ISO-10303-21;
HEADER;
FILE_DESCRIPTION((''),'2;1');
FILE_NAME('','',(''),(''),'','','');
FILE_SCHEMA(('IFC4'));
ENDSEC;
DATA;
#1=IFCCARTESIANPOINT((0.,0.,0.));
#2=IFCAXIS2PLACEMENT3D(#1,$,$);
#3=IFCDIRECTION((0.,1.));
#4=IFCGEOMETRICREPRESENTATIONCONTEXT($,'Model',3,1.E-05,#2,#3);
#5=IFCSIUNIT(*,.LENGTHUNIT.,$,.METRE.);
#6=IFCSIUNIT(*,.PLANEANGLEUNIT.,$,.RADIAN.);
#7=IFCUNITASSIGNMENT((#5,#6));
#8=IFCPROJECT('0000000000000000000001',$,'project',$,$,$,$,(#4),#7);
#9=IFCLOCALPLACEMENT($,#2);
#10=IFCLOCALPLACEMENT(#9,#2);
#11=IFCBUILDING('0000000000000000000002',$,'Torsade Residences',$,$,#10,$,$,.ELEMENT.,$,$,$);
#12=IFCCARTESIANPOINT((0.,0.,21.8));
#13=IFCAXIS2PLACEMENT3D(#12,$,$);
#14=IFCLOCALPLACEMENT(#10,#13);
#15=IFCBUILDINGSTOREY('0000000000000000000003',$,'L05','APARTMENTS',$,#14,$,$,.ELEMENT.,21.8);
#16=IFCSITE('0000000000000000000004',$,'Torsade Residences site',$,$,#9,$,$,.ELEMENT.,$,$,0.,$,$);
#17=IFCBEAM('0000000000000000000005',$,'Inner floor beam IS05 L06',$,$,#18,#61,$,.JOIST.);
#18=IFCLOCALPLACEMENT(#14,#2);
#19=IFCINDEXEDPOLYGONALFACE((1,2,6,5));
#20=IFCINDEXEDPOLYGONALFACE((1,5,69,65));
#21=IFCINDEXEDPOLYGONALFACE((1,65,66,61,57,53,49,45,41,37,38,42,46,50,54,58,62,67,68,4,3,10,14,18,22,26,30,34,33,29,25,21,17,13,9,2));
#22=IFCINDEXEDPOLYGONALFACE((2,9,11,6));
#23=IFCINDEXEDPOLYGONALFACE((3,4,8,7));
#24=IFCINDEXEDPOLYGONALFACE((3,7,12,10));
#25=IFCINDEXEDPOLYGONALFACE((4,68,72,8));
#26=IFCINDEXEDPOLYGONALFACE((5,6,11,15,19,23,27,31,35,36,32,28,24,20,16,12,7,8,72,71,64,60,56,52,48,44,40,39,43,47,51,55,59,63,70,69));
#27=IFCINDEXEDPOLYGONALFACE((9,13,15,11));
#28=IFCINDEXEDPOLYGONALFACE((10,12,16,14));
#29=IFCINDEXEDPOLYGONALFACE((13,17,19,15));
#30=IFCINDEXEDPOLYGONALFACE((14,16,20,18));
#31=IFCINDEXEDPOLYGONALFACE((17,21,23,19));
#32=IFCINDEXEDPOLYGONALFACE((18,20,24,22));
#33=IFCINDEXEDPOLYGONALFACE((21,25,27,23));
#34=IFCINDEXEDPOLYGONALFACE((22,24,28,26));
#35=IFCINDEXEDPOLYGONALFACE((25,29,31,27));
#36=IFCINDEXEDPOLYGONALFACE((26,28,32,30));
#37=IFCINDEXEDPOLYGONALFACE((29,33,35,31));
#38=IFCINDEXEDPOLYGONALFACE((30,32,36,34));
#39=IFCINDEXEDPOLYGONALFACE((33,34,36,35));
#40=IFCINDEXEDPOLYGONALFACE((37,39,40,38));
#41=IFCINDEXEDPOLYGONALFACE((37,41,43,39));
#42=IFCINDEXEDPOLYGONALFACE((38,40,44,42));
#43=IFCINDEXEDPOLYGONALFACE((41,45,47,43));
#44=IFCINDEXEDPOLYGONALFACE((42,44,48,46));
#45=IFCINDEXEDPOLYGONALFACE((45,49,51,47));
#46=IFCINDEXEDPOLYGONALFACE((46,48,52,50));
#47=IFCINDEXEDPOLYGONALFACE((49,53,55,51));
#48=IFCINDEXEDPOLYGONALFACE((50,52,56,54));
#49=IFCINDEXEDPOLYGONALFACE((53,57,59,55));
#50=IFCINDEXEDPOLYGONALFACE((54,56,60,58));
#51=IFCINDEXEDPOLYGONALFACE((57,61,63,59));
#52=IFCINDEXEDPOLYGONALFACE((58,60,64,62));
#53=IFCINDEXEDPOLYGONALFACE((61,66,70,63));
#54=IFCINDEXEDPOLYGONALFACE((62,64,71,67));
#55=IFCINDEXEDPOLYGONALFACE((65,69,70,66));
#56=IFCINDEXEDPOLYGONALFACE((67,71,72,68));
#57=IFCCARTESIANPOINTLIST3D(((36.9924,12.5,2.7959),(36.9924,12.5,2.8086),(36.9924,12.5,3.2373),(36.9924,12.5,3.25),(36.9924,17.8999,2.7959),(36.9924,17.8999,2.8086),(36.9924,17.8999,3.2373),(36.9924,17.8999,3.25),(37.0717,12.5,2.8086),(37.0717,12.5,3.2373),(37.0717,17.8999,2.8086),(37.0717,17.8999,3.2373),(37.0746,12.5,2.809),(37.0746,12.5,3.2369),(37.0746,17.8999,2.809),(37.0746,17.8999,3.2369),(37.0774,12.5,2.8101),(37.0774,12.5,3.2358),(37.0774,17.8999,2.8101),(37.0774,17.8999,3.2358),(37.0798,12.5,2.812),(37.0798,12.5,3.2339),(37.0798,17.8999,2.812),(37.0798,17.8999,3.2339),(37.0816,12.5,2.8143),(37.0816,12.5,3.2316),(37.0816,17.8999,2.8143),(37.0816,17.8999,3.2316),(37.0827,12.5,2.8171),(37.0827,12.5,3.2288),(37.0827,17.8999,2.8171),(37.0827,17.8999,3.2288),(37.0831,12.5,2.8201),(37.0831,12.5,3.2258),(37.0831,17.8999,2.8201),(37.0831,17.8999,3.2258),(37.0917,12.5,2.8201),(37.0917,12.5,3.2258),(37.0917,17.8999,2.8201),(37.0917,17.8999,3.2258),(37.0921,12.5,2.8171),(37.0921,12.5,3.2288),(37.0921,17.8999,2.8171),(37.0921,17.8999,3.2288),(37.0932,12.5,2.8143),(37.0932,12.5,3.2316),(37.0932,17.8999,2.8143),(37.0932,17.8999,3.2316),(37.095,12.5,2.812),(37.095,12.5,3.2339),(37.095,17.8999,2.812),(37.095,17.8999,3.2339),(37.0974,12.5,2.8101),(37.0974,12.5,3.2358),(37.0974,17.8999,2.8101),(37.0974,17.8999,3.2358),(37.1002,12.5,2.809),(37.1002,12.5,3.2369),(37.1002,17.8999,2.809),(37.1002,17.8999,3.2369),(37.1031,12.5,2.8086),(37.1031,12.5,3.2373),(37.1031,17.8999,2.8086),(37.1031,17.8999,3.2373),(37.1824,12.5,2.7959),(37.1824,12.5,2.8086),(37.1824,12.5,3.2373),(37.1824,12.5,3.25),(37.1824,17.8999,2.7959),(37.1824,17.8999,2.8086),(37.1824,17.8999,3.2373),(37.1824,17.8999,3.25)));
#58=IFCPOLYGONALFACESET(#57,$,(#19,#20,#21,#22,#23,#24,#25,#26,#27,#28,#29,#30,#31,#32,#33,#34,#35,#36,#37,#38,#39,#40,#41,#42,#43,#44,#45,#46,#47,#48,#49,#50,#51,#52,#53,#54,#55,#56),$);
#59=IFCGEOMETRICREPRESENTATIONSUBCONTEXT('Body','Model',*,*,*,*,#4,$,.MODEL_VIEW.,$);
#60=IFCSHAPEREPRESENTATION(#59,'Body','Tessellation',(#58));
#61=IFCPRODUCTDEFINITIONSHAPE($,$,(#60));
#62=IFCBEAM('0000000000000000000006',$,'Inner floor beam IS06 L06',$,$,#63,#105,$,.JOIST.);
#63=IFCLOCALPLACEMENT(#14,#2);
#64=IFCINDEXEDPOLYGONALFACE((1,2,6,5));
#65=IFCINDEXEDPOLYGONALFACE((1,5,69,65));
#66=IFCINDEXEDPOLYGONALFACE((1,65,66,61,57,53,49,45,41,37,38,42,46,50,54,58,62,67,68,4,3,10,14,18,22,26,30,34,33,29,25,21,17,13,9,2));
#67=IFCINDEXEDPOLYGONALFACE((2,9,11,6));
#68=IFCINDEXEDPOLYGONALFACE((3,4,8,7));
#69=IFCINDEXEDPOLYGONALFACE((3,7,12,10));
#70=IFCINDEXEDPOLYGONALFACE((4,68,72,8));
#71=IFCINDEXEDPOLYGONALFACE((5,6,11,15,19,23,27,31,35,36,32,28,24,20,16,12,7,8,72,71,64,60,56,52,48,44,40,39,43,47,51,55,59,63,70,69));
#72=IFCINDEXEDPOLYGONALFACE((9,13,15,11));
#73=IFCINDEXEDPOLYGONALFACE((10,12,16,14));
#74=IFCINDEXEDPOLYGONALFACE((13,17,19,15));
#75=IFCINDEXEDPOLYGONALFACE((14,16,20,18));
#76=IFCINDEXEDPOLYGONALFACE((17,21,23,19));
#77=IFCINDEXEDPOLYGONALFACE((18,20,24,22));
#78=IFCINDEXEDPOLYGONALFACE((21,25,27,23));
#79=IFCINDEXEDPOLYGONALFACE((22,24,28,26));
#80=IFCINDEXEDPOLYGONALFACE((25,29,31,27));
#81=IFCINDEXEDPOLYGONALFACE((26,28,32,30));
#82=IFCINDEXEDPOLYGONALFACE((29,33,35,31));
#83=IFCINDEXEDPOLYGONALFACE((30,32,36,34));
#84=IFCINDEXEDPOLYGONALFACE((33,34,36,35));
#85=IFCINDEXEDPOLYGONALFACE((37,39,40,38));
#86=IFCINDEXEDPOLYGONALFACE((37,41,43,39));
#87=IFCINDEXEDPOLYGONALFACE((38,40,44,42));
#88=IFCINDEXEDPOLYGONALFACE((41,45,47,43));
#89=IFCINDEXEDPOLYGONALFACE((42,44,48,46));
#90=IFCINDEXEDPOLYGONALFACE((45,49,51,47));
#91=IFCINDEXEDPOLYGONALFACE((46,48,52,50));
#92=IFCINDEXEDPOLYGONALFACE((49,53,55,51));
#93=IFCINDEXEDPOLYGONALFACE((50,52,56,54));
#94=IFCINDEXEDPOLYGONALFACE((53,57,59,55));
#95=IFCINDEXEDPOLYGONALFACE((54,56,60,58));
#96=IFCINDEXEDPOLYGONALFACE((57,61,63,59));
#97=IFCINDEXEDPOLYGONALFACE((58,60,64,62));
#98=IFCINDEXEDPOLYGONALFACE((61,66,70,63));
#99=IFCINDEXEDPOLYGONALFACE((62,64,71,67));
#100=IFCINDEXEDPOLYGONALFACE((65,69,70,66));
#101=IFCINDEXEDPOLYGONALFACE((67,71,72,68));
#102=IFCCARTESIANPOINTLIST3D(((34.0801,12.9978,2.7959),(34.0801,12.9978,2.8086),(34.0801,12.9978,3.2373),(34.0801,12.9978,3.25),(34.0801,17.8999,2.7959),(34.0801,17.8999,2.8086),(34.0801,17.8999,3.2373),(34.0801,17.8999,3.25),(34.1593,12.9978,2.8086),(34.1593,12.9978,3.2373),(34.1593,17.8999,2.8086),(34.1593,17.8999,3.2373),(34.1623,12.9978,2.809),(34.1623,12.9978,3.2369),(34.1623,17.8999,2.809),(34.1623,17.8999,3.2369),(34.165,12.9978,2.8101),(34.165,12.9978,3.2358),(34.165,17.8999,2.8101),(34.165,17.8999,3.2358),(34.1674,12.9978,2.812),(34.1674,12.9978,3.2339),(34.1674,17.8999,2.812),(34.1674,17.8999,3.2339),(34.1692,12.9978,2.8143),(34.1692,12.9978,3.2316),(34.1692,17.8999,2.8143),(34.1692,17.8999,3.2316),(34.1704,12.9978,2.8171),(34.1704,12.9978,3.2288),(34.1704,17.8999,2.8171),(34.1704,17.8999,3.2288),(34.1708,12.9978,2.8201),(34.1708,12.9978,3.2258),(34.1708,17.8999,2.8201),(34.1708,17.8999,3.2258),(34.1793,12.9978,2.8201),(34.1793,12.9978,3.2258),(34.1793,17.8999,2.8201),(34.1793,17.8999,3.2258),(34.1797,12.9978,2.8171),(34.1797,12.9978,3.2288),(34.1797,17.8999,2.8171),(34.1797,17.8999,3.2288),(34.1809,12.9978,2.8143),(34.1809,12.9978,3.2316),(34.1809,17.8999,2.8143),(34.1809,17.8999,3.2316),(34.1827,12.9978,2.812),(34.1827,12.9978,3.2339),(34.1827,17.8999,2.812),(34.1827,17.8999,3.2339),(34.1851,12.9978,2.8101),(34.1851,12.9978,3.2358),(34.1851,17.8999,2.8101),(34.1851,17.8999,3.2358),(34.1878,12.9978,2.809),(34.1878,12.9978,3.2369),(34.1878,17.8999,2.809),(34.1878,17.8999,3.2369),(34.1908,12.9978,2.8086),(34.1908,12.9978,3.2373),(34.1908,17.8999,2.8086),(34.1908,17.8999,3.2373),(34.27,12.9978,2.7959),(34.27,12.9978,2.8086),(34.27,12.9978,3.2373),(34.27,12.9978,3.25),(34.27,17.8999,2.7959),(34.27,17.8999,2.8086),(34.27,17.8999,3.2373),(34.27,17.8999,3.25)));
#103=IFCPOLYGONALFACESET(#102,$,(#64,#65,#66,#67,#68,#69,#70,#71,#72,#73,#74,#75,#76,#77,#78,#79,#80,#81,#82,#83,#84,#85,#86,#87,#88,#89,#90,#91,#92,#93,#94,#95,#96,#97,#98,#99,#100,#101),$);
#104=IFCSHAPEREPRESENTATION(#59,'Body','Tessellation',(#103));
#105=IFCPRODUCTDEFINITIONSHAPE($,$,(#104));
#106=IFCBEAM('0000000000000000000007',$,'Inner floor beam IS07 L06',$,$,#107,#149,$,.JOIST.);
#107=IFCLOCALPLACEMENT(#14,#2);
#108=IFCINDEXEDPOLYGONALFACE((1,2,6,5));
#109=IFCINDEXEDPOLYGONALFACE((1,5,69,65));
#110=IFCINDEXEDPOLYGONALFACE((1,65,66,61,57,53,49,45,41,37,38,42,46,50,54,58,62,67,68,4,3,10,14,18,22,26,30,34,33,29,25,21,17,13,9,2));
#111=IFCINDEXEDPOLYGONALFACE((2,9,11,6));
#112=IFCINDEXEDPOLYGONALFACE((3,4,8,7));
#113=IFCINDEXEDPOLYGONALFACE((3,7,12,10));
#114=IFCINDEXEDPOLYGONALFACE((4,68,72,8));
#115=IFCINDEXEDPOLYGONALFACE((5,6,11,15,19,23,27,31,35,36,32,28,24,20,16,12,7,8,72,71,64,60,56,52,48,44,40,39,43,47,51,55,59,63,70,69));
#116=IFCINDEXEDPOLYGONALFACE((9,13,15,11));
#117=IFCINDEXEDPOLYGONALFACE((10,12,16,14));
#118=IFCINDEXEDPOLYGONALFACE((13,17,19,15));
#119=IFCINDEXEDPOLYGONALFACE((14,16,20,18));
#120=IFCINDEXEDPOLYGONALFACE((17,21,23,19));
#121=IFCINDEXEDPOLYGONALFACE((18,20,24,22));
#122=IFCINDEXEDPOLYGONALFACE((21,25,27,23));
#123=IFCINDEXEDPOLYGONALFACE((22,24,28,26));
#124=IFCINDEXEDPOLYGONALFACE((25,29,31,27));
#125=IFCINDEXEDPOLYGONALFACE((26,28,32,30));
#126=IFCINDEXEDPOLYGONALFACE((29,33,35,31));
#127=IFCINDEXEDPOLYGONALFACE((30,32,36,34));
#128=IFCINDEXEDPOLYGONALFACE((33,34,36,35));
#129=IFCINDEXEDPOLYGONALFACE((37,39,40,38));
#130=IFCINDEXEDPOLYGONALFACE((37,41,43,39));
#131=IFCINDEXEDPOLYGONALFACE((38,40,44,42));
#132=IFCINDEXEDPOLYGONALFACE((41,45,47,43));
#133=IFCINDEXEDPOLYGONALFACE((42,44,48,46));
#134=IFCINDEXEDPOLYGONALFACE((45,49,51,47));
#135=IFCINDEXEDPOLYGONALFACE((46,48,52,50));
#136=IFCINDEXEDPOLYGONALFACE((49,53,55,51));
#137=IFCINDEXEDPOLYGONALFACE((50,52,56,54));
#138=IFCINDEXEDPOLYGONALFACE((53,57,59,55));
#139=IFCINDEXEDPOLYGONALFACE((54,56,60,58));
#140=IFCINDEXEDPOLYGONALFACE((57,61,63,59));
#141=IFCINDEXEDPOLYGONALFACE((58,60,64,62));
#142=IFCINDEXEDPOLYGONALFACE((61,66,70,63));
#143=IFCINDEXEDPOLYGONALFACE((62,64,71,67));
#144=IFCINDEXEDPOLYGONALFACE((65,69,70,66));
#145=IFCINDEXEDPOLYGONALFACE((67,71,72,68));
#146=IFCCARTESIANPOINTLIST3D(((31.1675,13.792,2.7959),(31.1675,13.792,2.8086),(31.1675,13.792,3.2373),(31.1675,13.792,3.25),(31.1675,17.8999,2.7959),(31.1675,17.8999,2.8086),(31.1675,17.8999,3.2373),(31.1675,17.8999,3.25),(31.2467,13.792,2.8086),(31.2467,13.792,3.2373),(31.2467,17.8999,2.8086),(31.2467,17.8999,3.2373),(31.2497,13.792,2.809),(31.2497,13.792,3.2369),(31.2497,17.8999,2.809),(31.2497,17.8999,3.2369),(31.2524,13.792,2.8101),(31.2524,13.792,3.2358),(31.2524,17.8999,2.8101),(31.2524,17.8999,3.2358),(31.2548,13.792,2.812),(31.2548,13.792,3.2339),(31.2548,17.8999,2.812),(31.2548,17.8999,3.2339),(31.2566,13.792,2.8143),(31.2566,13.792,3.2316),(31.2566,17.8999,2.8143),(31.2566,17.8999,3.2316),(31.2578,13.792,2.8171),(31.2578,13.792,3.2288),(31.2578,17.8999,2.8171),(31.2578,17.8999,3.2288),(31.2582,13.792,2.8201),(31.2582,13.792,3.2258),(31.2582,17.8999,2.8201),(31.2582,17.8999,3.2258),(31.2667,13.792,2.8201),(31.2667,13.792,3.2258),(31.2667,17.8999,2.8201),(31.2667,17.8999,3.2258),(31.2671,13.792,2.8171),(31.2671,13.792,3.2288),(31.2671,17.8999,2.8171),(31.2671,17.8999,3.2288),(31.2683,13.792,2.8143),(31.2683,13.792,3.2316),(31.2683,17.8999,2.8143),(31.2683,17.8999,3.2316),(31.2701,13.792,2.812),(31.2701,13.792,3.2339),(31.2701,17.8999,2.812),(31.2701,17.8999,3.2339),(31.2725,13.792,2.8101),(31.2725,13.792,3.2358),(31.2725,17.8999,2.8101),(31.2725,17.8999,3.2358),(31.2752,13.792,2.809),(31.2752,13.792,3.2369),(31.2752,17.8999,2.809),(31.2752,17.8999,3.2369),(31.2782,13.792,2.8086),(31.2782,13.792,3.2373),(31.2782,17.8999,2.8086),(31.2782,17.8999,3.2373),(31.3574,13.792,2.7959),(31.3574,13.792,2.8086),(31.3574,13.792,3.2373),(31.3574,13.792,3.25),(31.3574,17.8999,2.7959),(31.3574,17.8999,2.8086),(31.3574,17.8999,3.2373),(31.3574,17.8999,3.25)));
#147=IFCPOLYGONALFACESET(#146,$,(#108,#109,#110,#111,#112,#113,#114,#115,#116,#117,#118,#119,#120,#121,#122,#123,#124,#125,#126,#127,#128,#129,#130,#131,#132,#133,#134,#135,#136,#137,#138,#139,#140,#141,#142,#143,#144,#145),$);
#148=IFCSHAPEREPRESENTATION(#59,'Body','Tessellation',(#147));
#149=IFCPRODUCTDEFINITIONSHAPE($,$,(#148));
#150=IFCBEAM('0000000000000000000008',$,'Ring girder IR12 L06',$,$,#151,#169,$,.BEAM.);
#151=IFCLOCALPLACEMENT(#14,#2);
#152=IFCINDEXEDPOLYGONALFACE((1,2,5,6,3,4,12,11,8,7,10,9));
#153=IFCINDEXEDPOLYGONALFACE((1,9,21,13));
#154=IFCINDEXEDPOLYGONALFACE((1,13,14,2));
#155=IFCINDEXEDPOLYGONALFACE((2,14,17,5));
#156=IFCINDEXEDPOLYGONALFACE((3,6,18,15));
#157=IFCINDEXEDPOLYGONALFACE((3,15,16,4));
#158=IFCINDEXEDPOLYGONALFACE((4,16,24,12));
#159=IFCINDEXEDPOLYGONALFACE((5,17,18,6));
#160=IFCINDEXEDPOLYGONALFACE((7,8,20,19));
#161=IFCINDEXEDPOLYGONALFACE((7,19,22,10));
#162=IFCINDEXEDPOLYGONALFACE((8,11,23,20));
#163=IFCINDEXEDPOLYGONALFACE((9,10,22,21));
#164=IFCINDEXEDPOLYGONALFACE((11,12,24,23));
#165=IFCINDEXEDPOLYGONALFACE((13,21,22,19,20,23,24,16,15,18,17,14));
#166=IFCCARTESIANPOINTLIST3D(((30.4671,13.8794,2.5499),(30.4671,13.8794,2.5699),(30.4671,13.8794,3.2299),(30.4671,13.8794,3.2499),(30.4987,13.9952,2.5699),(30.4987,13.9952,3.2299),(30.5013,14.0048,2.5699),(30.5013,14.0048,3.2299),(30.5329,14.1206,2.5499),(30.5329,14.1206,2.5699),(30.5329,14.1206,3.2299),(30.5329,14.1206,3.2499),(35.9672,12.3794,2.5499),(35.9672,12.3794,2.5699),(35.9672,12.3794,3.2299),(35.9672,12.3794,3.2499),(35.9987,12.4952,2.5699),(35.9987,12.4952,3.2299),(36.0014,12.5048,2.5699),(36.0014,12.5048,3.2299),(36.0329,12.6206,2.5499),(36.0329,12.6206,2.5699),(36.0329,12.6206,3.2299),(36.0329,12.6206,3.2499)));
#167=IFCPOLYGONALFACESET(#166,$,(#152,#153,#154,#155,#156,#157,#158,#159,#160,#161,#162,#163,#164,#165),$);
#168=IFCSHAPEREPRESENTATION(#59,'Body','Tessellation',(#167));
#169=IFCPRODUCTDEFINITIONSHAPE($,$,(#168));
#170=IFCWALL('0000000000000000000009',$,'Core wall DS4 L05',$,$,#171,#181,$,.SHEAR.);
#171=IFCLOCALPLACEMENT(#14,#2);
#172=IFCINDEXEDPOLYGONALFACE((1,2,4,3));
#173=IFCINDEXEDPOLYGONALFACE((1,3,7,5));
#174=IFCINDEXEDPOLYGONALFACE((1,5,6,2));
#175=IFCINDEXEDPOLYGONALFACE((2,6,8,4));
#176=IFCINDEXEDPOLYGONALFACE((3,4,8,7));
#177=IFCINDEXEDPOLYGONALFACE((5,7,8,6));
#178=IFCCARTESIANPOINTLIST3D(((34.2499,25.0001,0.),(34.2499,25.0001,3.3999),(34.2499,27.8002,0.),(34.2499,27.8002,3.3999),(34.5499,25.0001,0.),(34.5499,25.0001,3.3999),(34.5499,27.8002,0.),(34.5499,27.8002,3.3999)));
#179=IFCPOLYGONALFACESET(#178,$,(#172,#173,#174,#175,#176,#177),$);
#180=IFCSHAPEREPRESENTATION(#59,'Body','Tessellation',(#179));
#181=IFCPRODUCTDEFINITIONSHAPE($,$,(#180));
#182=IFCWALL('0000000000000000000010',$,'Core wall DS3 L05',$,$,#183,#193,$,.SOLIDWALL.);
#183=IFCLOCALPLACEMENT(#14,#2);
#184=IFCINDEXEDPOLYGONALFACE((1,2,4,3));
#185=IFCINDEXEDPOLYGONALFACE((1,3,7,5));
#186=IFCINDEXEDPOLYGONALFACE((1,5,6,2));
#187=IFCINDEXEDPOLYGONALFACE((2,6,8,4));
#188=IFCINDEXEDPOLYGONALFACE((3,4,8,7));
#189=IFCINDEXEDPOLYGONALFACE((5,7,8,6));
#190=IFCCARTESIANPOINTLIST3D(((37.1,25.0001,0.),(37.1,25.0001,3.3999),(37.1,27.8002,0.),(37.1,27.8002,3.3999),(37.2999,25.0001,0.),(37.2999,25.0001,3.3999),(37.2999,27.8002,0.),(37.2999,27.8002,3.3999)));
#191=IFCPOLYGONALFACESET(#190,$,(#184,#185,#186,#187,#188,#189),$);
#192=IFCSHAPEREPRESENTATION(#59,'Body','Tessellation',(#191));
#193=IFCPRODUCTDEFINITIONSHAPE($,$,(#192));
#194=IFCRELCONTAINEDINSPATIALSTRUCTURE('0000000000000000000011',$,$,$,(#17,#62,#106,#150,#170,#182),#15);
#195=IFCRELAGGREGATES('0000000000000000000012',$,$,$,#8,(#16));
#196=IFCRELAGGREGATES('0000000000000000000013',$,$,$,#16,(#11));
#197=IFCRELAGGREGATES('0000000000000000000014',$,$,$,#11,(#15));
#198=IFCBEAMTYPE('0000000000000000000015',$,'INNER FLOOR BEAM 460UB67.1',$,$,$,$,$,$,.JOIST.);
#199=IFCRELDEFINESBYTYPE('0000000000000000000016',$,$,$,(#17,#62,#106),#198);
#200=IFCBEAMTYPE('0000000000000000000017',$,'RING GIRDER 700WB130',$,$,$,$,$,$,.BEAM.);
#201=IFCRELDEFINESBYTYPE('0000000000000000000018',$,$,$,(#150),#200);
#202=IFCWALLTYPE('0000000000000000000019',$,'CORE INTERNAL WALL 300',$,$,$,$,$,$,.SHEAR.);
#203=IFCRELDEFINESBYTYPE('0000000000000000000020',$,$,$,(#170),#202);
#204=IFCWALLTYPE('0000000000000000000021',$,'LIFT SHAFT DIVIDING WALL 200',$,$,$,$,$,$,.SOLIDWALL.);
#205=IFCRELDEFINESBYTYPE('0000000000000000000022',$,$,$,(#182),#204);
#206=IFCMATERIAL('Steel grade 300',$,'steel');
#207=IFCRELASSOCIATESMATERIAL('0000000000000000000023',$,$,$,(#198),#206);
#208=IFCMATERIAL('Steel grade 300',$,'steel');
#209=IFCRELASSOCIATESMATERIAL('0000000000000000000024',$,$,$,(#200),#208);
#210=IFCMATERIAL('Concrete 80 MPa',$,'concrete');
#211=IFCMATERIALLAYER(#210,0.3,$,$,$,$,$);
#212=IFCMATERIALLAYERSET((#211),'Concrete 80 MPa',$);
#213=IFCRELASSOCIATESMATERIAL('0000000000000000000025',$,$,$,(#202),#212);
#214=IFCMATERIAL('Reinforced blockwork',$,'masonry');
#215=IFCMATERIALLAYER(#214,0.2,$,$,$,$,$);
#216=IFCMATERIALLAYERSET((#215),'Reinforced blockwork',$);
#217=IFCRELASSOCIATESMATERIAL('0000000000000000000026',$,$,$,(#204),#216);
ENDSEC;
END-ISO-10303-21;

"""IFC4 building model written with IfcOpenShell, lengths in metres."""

from ifc_helpers import new_model, si_unit, direction, frame, frame_2d, origin, origin_2d, place, context, subcontext, project, spatial, rectangle, i_section, extrude, material, layer, layer_set, material_profile, profile_set, type_object, element, save


model = new_model("IFC4")

# Units and contexts
model_context = context("Model", 3, precision=1e-05, world=origin(), true_north=direction((0.0, 1.0)))
body_context = subcontext(model_context, "Body", "Model", "MODEL_VIEW")
ifc_project = project(units=[si_unit("LENGTHUNIT", "METRE"), si_unit("PLANEANGLEUNIT", "RADIAN")], contexts=[model_context])

# Site, building, storey
site_placement = place(None, origin())
site = spatial("IfcSite", under=ifc_project, at=site_placement, Name="Torsade Residences site", CompositionType="ELEMENT", RefElevation=0.0)
building_placement = place(site_placement, origin())
building = spatial("IfcBuilding", under=site, at=building_placement, Name="Torsade Residences", CompositionType="ELEMENT")
storey_placement = place(building_placement, frame((0.0, 0.0, 21.8)))
storey = spatial("IfcBuildingStorey", under=building, at=storey_placement, Name="L05", Description="APARTMENTS", CompositionType="ELEMENT", Elevation=21.8)

# Beams
ifc_material_1 = material(Name="Steel grade 300", Category="steel")
ifc_material_profile_1 = material_profile(ifc_material_1, i_section(OverallWidth=0.1899, OverallDepth=0.4541, WebThickness=0.0085, FlangeThickness=0.0127, FilletRadius=0.0115, at=origin_2d()), Name="460UB67.1")
ifc_profile_set_1 = profile_set([ifc_material_profile_1], Name="Steel grade 300")
beam_type_1 = type_object("IfcBeamType", Name="INNER FLOOR BEAM 460UB67.1", PredefinedType="JOIST", material=ifc_profile_set_1)
beam_1_placement = place(storey_placement, frame((37.0874, 17.8999, 3.0229), z_axis=(0.0, -1.0, 0.0), x_axis=(1.0, 0.0, 0.0)))
element("IfcBeam", 1, at=beam_1_placement, inside=storey, type_object=beam_type_1, Name="Inner floor beam IS05 L06", PredefinedType="JOIST", context=body_context, shape_type="SweptSolid", body=[
    extrude(i_section(OverallWidth=0.1899, OverallDepth=0.4541, WebThickness=0.0085, FlangeThickness=0.0127, FilletRadius=0.0115, at=origin_2d()), origin(), (0.0, 0.0, 1.0), 5.3999),
])
beam_2_placement = place(storey_placement, frame((34.175, 17.8999, 3.0229), z_axis=(0.0, -1.0, 0.0), x_axis=(1.0, 0.0, 0.0)))
element("IfcBeam", 2, at=beam_2_placement, inside=storey, type_object=beam_type_1, Name="Inner floor beam IS06 L06", PredefinedType="JOIST", context=body_context, shape_type="SweptSolid", body=[
    extrude(i_section(OverallWidth=0.1899, OverallDepth=0.4541, WebThickness=0.0085, FlangeThickness=0.0127, FilletRadius=0.0115, at=origin_2d()), origin(), (0.0, 0.0, 1.0), 4.9021),
])
beam_3_placement = place(storey_placement, frame((31.2625, 17.8999, 3.0229), z_axis=(0.0, -1.0, 0.0), x_axis=(1.0, 0.0, 0.0)))
element("IfcBeam", 3, at=beam_3_placement, inside=storey, type_object=beam_type_1, Name="Inner floor beam IS07 L06", PredefinedType="JOIST", context=body_context, shape_type="SweptSolid", body=[
    extrude(i_section(OverallWidth=0.1899, OverallDepth=0.4541, WebThickness=0.0085, FlangeThickness=0.0127, FilletRadius=0.0115, at=origin_2d()), origin(), (0.0, 0.0, 1.0), 4.1079),
])
ifc_material_2 = material(Name="Steel grade 300", Category="steel")
ifc_material_profile_2 = material_profile(ifc_material_2, i_section(OverallWidth=0.25, OverallDepth=0.7, WebThickness=0.01, FlangeThickness=0.02, at=origin_2d()), Name="700WB130")
ifc_profile_set_2 = profile_set([ifc_material_profile_2], Name="Steel grade 300")
beam_type_2 = type_object("IfcBeamType", Name="RING GIRDER 700WB130", PredefinedType="BEAM", material=ifc_profile_set_2)
beam_4_placement = place(storey_placement, frame((30.5, 14.0, 2.8999), z_axis=(0.964764, -0.263117, 0.0), x_axis=(0.263117, 0.964764, 0.0)))
element("IfcBeam", 4, at=beam_4_placement, inside=storey, type_object=beam_type_2, Name="Ring girder IR12 L06", PredefinedType="BEAM", context=body_context, shape_type="SweptSolid", body=[
    extrude(i_section(OverallWidth=0.25, OverallDepth=0.7, WebThickness=0.01, FlangeThickness=0.02, at=origin_2d()), origin(), (0.0, 0.0, 1.0), 5.7009),
])

# Walls
ifc_material_3 = material(Name="Concrete 80 MPa", Category="concrete")
ifc_layer_1 = layer(ifc_material_3, 0.3)
ifc_layer_set_1 = layer_set([ifc_layer_1], Name="Concrete 80 MPa")
wall_type_1 = type_object("IfcWallType", Name="CORE INTERNAL WALL 300", PredefinedType="SHEAR", material=ifc_layer_set_1)
wall_1_placement = place(storey_placement, frame((34.3999, 27.8, 0.0), z_axis=(0.0, 0.0, 1.0), x_axis=(0.0, -1.0, 0.0)))
element("IfcWall", 5, at=wall_1_placement, inside=storey, type_object=wall_type_1, Name="Core wall DS4 L05", PredefinedType="SHEAR", context=body_context, shape_type="SweptSolid", body=[
    extrude(rectangle(XDim=2.8, YDim=0.3, at=frame_2d((1.3999, 0.0))), origin(), (0.0, 0.0, 1.0), 3.3999),
])
ifc_material_4 = material(Name="Reinforced blockwork", Category="masonry")
ifc_layer_2 = layer(ifc_material_4, 0.2)
ifc_layer_set_2 = layer_set([ifc_layer_2], Name="Reinforced blockwork")
wall_type_2 = type_object("IfcWallType", Name="LIFT SHAFT DIVIDING WALL 200", PredefinedType="SOLIDWALL", material=ifc_layer_set_2)
wall_2_placement = place(storey_placement, frame((37.2, 27.8, 0.0), z_axis=(0.0, 0.0, 1.0), x_axis=(0.0, -1.0, 0.0)))
element("IfcWall", 6, at=wall_2_placement, inside=storey, type_object=wall_type_2, Name="Core wall DS3 L05", PredefinedType="SOLIDWALL", context=body_context, shape_type="SweptSolid", body=[
    extrude(rectangle(XDim=2.8, YDim=0.2, at=frame_2d((1.3999, 0.0))), origin(), (0.0, 0.0, 1.0), 3.3999),
])

save(model, "model.ifc")
